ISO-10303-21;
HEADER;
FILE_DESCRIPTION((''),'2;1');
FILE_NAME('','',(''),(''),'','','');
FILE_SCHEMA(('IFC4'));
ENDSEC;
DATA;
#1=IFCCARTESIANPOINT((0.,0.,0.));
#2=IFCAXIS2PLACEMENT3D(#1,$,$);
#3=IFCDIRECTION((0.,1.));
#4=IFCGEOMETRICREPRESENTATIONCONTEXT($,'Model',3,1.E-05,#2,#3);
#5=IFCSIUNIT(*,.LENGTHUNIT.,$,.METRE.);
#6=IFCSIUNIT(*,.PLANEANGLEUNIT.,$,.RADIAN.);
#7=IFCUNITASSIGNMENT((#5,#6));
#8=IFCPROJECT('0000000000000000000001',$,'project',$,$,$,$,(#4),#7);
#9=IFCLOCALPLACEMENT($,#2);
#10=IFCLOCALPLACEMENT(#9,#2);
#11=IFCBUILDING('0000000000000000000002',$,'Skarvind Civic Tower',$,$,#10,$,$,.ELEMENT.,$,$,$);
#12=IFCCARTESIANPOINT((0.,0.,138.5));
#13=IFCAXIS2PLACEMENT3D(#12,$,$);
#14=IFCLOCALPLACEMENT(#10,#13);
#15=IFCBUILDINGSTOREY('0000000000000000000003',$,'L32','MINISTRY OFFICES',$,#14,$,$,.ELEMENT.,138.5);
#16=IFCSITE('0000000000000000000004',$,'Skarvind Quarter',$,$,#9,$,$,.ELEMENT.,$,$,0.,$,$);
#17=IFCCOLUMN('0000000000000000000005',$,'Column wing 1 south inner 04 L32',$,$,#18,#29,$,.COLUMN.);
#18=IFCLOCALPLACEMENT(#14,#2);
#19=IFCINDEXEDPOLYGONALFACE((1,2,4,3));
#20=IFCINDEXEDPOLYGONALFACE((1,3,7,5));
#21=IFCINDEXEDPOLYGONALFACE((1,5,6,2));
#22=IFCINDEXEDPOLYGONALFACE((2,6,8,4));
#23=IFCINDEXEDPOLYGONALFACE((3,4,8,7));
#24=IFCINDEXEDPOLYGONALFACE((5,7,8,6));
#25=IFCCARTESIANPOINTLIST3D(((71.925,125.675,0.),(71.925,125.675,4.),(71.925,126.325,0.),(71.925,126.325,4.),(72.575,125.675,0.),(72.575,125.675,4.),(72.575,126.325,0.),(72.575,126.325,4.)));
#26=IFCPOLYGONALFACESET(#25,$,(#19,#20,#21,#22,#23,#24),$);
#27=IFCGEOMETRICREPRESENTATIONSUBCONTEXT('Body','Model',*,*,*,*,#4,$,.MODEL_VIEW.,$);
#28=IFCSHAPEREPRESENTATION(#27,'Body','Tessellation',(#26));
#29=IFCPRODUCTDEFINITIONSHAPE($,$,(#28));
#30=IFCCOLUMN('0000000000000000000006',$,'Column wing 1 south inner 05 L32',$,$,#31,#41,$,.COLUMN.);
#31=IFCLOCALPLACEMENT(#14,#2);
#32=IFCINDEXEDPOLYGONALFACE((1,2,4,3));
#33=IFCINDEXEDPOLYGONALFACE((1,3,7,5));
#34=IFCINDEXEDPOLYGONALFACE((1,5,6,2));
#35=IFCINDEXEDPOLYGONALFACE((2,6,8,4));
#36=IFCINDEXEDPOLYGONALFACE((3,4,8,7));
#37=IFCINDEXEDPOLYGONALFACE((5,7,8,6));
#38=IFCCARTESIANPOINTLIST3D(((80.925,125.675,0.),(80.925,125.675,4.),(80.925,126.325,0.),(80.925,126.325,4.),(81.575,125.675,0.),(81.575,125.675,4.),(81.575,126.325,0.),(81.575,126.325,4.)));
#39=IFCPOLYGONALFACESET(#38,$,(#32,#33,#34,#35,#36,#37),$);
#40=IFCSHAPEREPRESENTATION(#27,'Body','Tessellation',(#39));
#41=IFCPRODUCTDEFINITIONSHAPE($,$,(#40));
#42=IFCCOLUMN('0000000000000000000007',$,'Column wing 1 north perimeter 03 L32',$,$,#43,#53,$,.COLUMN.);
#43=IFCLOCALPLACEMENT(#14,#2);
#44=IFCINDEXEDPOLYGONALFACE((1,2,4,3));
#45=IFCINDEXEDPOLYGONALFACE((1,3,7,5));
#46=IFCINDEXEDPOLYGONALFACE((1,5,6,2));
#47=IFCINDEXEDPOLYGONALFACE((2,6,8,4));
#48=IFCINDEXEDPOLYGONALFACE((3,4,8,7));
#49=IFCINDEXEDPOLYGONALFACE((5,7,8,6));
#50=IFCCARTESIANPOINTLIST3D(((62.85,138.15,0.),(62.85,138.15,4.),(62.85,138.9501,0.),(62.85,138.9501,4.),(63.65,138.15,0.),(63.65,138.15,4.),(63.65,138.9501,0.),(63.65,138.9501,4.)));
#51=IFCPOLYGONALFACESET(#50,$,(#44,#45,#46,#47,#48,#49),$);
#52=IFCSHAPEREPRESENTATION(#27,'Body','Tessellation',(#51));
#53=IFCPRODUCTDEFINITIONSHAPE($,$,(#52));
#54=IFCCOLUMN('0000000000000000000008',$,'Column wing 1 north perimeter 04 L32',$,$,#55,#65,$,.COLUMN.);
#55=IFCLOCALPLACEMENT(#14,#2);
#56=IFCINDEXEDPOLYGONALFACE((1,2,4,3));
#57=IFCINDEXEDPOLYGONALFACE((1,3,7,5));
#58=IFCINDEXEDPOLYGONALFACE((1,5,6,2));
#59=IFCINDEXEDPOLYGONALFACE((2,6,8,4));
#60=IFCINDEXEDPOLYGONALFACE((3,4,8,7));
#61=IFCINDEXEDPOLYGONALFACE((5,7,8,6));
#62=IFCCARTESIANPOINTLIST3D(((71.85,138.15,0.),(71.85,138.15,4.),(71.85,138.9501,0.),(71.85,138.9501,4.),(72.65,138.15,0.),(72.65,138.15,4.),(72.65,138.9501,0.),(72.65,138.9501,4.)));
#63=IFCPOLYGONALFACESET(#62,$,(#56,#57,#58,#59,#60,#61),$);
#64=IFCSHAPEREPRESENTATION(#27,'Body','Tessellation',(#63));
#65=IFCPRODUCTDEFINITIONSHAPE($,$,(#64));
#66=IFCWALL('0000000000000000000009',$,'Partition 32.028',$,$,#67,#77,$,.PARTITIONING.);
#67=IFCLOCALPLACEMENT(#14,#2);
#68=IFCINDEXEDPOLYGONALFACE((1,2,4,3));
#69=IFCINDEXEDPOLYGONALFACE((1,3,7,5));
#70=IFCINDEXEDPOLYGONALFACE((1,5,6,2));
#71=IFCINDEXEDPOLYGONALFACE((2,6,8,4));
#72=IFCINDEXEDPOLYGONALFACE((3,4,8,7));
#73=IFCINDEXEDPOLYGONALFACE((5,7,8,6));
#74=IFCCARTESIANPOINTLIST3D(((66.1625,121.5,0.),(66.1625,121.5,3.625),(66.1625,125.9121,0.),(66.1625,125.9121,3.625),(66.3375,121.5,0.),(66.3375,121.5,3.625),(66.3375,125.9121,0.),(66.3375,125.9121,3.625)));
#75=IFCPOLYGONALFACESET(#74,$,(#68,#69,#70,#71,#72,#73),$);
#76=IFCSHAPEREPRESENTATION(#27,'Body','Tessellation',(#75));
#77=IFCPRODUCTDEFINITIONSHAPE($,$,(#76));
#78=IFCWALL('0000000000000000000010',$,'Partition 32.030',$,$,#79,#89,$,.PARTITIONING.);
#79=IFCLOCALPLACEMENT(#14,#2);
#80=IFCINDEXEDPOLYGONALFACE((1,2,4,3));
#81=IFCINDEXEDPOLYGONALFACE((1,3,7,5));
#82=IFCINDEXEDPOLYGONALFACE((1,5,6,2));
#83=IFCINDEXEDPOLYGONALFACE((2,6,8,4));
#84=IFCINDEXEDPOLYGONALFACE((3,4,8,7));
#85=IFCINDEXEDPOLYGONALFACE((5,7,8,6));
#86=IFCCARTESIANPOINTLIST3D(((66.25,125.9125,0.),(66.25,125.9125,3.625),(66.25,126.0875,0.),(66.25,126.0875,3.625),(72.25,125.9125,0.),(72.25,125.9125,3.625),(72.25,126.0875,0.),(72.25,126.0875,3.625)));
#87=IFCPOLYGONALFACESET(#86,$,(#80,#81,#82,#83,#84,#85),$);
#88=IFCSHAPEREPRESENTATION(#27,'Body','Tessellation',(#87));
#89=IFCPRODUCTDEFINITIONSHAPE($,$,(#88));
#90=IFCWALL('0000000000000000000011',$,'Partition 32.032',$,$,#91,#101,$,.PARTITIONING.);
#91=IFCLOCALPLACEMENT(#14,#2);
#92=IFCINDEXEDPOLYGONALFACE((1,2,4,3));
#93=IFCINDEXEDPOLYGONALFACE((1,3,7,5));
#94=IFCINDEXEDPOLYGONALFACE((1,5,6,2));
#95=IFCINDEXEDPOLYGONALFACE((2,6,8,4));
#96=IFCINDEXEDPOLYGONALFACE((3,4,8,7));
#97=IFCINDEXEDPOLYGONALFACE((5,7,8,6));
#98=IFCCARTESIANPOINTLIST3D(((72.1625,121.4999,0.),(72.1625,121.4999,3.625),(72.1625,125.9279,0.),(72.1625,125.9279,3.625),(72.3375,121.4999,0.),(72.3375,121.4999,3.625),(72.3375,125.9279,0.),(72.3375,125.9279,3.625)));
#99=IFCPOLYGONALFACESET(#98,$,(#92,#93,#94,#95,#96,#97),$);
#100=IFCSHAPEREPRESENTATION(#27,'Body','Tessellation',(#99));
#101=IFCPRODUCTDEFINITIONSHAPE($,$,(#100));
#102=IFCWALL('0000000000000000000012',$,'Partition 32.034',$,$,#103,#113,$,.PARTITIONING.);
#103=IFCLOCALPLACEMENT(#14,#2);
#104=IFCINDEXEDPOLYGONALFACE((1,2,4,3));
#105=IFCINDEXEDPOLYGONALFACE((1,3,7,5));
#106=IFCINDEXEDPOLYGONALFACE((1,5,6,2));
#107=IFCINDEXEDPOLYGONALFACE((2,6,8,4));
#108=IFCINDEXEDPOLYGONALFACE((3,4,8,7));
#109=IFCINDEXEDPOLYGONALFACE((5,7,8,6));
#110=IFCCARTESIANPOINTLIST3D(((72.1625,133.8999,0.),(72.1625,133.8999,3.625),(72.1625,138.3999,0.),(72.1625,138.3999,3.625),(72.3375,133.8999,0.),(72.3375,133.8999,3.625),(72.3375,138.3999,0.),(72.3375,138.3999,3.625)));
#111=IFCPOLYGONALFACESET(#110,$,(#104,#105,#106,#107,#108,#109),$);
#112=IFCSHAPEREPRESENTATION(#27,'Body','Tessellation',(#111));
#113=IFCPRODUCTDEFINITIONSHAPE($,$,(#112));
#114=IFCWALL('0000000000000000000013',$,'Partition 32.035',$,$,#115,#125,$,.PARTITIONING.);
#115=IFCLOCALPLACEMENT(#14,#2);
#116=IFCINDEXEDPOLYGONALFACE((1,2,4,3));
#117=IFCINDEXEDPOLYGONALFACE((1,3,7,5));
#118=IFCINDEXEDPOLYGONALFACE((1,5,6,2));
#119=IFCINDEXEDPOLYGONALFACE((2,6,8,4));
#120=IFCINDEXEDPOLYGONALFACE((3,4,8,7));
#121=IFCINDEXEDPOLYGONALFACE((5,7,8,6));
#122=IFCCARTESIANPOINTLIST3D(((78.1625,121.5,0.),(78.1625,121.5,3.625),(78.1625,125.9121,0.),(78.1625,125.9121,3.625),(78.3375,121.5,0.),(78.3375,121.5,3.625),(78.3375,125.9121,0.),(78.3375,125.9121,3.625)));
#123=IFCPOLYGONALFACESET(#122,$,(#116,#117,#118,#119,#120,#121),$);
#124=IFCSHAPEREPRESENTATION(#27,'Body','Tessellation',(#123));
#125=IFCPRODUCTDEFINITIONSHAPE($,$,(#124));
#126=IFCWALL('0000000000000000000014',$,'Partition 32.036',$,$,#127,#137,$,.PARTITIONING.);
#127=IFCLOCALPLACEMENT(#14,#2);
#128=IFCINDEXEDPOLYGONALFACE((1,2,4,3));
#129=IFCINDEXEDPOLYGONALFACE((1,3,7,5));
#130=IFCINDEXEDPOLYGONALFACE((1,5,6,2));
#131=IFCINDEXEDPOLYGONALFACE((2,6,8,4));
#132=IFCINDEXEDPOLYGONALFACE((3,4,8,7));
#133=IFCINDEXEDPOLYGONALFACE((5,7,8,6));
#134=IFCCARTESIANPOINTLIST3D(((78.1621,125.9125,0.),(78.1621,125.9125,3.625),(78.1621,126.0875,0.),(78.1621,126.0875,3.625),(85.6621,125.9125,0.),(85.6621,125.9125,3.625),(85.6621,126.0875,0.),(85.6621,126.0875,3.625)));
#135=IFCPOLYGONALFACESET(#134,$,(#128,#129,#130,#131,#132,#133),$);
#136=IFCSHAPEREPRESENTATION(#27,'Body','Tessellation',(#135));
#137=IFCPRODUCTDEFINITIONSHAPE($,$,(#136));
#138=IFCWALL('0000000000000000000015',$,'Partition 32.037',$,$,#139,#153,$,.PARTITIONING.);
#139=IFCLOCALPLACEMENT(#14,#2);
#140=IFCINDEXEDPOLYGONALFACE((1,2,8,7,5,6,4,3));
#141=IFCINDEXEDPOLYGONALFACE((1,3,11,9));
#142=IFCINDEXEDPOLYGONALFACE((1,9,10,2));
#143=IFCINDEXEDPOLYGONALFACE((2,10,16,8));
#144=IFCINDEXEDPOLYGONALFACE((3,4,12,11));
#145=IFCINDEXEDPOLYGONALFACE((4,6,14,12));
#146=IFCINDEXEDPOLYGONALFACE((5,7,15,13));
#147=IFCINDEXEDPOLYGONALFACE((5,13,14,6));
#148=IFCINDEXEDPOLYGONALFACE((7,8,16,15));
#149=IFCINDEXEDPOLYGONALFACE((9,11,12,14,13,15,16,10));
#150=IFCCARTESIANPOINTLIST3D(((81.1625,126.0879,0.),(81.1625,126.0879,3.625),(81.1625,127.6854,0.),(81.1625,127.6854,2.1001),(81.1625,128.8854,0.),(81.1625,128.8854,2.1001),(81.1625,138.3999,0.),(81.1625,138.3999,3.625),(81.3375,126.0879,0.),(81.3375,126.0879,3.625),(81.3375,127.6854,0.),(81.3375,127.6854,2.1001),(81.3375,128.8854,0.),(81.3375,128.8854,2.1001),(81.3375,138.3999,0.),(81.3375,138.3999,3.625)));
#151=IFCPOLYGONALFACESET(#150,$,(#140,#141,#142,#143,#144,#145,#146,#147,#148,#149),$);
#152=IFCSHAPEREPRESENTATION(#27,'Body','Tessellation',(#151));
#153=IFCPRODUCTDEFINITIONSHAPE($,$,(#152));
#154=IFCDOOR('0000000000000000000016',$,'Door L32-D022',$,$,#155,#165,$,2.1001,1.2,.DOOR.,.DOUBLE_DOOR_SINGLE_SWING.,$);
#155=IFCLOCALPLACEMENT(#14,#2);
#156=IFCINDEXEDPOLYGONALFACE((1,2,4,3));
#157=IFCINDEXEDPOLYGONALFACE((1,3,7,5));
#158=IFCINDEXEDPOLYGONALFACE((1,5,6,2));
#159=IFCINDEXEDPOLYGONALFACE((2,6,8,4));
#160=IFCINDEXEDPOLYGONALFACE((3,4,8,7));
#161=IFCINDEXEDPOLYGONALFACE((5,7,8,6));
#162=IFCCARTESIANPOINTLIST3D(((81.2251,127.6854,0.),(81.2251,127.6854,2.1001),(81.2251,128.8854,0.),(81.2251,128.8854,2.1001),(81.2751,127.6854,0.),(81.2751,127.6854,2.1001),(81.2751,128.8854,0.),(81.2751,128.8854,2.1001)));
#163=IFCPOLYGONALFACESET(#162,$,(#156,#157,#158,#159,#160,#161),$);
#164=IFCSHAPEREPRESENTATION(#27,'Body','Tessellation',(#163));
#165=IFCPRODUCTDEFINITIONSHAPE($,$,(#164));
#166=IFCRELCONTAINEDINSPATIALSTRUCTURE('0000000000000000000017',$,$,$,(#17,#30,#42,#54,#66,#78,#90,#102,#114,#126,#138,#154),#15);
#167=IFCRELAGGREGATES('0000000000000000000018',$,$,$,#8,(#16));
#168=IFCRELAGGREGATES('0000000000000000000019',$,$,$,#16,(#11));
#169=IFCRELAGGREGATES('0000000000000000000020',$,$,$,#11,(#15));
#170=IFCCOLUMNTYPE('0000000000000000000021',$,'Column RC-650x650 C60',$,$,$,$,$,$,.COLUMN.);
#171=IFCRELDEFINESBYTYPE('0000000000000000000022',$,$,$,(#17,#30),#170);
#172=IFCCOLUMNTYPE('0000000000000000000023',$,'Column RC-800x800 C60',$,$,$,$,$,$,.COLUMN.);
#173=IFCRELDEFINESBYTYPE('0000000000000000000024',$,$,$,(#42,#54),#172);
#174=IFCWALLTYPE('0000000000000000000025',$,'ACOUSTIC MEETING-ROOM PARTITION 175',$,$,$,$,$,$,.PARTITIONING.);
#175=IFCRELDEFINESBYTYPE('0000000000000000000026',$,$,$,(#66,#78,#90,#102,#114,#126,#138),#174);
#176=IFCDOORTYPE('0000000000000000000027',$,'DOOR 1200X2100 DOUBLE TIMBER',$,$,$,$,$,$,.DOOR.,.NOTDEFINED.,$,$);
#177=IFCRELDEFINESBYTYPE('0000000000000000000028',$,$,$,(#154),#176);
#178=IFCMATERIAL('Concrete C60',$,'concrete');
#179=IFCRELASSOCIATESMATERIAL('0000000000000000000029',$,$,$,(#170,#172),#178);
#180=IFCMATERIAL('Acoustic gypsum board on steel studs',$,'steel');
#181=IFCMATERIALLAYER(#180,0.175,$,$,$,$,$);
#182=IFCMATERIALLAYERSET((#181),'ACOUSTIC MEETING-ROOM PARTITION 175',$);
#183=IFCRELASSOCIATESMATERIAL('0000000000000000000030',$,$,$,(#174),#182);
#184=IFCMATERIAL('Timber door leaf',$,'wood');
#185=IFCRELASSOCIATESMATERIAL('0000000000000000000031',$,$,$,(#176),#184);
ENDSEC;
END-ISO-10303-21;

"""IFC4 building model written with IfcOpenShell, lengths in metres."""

from ifc_helpers import new_model, si_unit, direction, frame, frame_2d, origin, origin_2d, place, context, subcontext, project, spatial, rectangle, extrude, material, layer, layer_set, material_profile, profile_set, type_object, element, fill, save


model = new_model("IFC4")

# Units and contexts
model_context = context("Model", 3, precision=1e-05, world=origin(), true_north=direction((0.0, 1.0)))
body_context = subcontext(model_context, "Body", "Model", "MODEL_VIEW")
ifc_project = project(units=[si_unit("LENGTHUNIT", "METRE"), si_unit("PLANEANGLEUNIT", "RADIAN")], contexts=[model_context])

# Site, building, storey
site_placement = place(None, origin())
site = spatial("IfcSite", under=ifc_project, at=site_placement, Name="Skarvind Quarter", CompositionType="ELEMENT", RefElevation=0.0)
building_placement = place(site_placement, origin())
building = spatial("IfcBuilding", under=site, at=building_placement, Name="Skarvind Civic Tower", CompositionType="ELEMENT")
storey_placement = place(building_placement, frame((0.0, 0.0, 138.5)))
storey = spatial("IfcBuildingStorey", under=building, at=storey_placement, Name="L32", Description="MINISTRY OFFICES", CompositionType="ELEMENT", Elevation=138.5)

# Columns
ifc_material_1 = material(Name="Concrete C60", Category="concrete")
ifc_material_profile_1 = material_profile(ifc_material_1, rectangle(XDim=0.6499, YDim=0.6499, at=origin_2d()), Name="RC-650x650")
ifc_profile_set_1 = profile_set([ifc_material_profile_1], Name="Concrete C60")
column_type_1 = type_object("IfcColumnType", Name="Column RC-650x650 C60", PredefinedType="COLUMN", material=ifc_profile_set_1)
for number, where, z_axis, x_axis, name in (
    (1, (72.25, 126.0, 0.0), (0.0, 0.0, 1.0), (1.0, 0.0, 0.0), "Column wing 1 south inner 04 L32"),
    (2, (81.25, 126.0, 0.0), (0.0, 0.0, 1.0), (1.0, 0.0, 0.0), "Column wing 1 south inner 05 L32"),
):
    element("IfcColumn", number, at=place(storey_placement, frame(where, z_axis=z_axis, x_axis=x_axis)), inside=storey, type_object=column_type_1, Name=name, PredefinedType="COLUMN", context=body_context, shape_type="SweptSolid", body=[
        extrude(rectangle(XDim=0.6499, YDim=0.6499, at=origin_2d()), origin(), (0.0, 0.0, 1.0), 4.0),
    ])
ifc_material_profile_2 = material_profile(ifc_material_1, rectangle(XDim=0.8, YDim=0.8, at=origin_2d()), Name="RC-800x800")
ifc_profile_set_2 = profile_set([ifc_material_profile_2], Name="Concrete C60")
column_type_2 = type_object("IfcColumnType", Name="Column RC-800x800 C60", PredefinedType="COLUMN", material=ifc_profile_set_2)
for number, where, z_axis, x_axis, name in (
    (3, (63.25, 138.55, 0.0), (0.0, 0.0, 1.0), (1.0, 0.0, 0.0), "Column wing 1 north perimeter 03 L32"),
    (4, (72.25, 138.55, 0.0), (0.0, 0.0, 1.0), (1.0, 0.0, 0.0), "Column wing 1 north perimeter 04 L32"),
):
    element("IfcColumn", number, at=place(storey_placement, frame(where, z_axis=z_axis, x_axis=x_axis)), inside=storey, type_object=column_type_2, Name=name, PredefinedType="COLUMN", context=body_context, shape_type="SweptSolid", body=[
        extrude(rectangle(XDim=0.8, YDim=0.8, at=origin_2d()), origin(), (0.0, 0.0, 1.0), 4.0),
    ])

# Walls
ifc_material_2 = material(Name="Acoustic gypsum board on steel studs", Category="steel")
ifc_layer_1 = layer(ifc_material_2, 0.175)
ifc_layer_set_1 = layer_set([ifc_layer_1], Name="ACOUSTIC MEETING-ROOM PARTITION 175")
wall_type_1 = type_object("IfcWallType", Name="ACOUSTIC MEETING-ROOM PARTITION 175", PredefinedType="PARTITIONING", material=ifc_layer_set_1)
wall_1_placement = place(storey_placement, frame((66.25, 121.5, 0.0), z_axis=(0.0, 0.0, 1.0), x_axis=(0.0, 1.0, 0.0)))
element("IfcWall", 5, at=wall_1_placement, inside=storey, type_object=wall_type_1, Name="Partition 32.028", PredefinedType="PARTITIONING", context=body_context, shape_type="SweptSolid", body=[
    extrude(rectangle(XDim=4.4121, YDim=0.175, at=frame_2d((2.2061, 0.0))), origin(), (0.0, 0.0, 1.0), 3.625),
])
wall_2_placement = place(storey_placement, frame((66.25, 126.0, 0.0), z_axis=(0.0, 0.0, 1.0), x_axis=(1.0, 0.0, 0.0)))
element("IfcWall", 6, at=wall_2_placement, inside=storey, type_object=wall_type_1, Name="Partition 32.030", PredefinedType="PARTITIONING", context=body_context, shape_type="SweptSolid", body=[
    extrude(rectangle(XDim=6.0, YDim=0.175, at=frame_2d((3.0, 0.0))), origin(), (0.0, 0.0, 1.0), 3.625),
])
wall_3_placement = place(storey_placement, frame((72.25, 121.5, 0.0), z_axis=(0.0, 0.0, 1.0), x_axis=(0.0, 1.0, 0.0)))
element("IfcWall", 7, at=wall_3_placement, inside=storey, type_object=wall_type_1, Name="Partition 32.032", PredefinedType="PARTITIONING", context=body_context, shape_type="SweptSolid", body=[
    extrude(rectangle(XDim=4.428, YDim=0.175, at=frame_2d((2.2139, 0.0))), origin(), (0.0, 0.0, 1.0), 3.625),
])
wall_4_placement = place(storey_placement, frame((72.25, 133.8999, 0.0), z_axis=(0.0, 0.0, 1.0), x_axis=(0.0, 1.0, 0.0)))
element("IfcWall", 8, at=wall_4_placement, inside=storey, type_object=wall_type_1, Name="Partition 32.034", PredefinedType="PARTITIONING", context=body_context, shape_type="SweptSolid", body=[
    extrude(rectangle(XDim=4.5, YDim=0.175, at=frame_2d((2.25, 0.0))), origin(), (0.0, 0.0, 1.0), 3.625),
])
wall_5_placement = place(storey_placement, frame((78.25, 125.9121, 0.0), z_axis=(0.0, 0.0, 1.0), x_axis=(0.0, -1.0, 0.0)))
element("IfcWall", 9, at=wall_5_placement, inside=storey, type_object=wall_type_1, Name="Partition 32.035", PredefinedType="PARTITIONING", context=body_context, shape_type="SweptSolid", body=[
    extrude(rectangle(XDim=4.4121, YDim=0.175, at=frame_2d((2.2061, 0.0))), origin(), (0.0, 0.0, 1.0), 3.625),
])
wall_6_placement = place(storey_placement, frame((78.1621, 126.0, 0.0), z_axis=(0.0, 0.0, 1.0), x_axis=(1.0, 0.0, 0.0)))
element("IfcWall", 10, at=wall_6_placement, inside=storey, type_object=wall_type_1, Name="Partition 32.036", PredefinedType="PARTITIONING", context=body_context, shape_type="SweptSolid", body=[
    extrude(rectangle(XDim=7.5, YDim=0.175, at=frame_2d((3.75, 0.0))), origin(), (0.0, 0.0, 1.0), 3.625),
])

# Wall, opening, door
wall_7_placement = place(storey_placement, frame((81.25, 126.0879, 0.0), z_axis=(0.0, 0.0, 1.0), x_axis=(0.0, 1.0, 0.0)))
wall_7 = element("IfcWall", 11, at=wall_7_placement, inside=storey, type_object=wall_type_1, Name="Partition 32.037", PredefinedType="PARTITIONING", context=body_context, shape_type="SweptSolid", body=[
    extrude(rectangle(XDim=12.312, YDim=0.175, at=frame_2d((6.156, 0.0))), origin(), (0.0, 0.0, 1.0), 3.625),
])
opening_1_placement = place(wall_7_placement, frame((1.5974, 0.0, 0.0)))
opening_1 = element("IfcOpeningElement", 12, at=opening_1_placement, cuts=wall_7, PredefinedType="OPENING", context=body_context, shape_type="SweptSolid", body=[
    extrude(rectangle(XDim=1.2, YDim=2.1001, at=frame_2d((0.6001, 1.05))), frame((0.0, 0.0974, 0.0), z_axis=(0.0, -1.0, 0.0), x_axis=(1.0, 0.0, 0.0)), (0.0, 0.0, 1.0), 0.1951),
])
ifc_material_3 = material(Name="Timber door leaf", Category="wood")
door_type_1 = type_object("IfcDoorType", Name="DOOR 1200X2100 DOUBLE TIMBER", OperationType="NOTDEFINED", PredefinedType="DOOR", material=ifc_material_3)
door_1_placement = place(opening_1_placement, origin())
door_1 = element("IfcDoor", 13, at=door_1_placement, inside=storey, type_object=door_type_1, Name="Door L32-D022", OperationType="DOUBLE_DOOR_SINGLE_SWING", OverallHeight=2.1001, OverallWidth=1.2, PredefinedType="DOOR", context=body_context, shape_type="SweptSolid", body=[
    extrude(rectangle(XDim=1.2, YDim=2.1001, at=frame_2d((0.6001, 1.05))), frame((0.0, 0.0249, 0.0), z_axis=(0.0, -1.0, 0.0), x_axis=(1.0, 0.0, 0.0)), (0.0, 0.0, 1.0), 0.05),
])
fill(opening_1, door_1)

save(model, "model.ifc")
